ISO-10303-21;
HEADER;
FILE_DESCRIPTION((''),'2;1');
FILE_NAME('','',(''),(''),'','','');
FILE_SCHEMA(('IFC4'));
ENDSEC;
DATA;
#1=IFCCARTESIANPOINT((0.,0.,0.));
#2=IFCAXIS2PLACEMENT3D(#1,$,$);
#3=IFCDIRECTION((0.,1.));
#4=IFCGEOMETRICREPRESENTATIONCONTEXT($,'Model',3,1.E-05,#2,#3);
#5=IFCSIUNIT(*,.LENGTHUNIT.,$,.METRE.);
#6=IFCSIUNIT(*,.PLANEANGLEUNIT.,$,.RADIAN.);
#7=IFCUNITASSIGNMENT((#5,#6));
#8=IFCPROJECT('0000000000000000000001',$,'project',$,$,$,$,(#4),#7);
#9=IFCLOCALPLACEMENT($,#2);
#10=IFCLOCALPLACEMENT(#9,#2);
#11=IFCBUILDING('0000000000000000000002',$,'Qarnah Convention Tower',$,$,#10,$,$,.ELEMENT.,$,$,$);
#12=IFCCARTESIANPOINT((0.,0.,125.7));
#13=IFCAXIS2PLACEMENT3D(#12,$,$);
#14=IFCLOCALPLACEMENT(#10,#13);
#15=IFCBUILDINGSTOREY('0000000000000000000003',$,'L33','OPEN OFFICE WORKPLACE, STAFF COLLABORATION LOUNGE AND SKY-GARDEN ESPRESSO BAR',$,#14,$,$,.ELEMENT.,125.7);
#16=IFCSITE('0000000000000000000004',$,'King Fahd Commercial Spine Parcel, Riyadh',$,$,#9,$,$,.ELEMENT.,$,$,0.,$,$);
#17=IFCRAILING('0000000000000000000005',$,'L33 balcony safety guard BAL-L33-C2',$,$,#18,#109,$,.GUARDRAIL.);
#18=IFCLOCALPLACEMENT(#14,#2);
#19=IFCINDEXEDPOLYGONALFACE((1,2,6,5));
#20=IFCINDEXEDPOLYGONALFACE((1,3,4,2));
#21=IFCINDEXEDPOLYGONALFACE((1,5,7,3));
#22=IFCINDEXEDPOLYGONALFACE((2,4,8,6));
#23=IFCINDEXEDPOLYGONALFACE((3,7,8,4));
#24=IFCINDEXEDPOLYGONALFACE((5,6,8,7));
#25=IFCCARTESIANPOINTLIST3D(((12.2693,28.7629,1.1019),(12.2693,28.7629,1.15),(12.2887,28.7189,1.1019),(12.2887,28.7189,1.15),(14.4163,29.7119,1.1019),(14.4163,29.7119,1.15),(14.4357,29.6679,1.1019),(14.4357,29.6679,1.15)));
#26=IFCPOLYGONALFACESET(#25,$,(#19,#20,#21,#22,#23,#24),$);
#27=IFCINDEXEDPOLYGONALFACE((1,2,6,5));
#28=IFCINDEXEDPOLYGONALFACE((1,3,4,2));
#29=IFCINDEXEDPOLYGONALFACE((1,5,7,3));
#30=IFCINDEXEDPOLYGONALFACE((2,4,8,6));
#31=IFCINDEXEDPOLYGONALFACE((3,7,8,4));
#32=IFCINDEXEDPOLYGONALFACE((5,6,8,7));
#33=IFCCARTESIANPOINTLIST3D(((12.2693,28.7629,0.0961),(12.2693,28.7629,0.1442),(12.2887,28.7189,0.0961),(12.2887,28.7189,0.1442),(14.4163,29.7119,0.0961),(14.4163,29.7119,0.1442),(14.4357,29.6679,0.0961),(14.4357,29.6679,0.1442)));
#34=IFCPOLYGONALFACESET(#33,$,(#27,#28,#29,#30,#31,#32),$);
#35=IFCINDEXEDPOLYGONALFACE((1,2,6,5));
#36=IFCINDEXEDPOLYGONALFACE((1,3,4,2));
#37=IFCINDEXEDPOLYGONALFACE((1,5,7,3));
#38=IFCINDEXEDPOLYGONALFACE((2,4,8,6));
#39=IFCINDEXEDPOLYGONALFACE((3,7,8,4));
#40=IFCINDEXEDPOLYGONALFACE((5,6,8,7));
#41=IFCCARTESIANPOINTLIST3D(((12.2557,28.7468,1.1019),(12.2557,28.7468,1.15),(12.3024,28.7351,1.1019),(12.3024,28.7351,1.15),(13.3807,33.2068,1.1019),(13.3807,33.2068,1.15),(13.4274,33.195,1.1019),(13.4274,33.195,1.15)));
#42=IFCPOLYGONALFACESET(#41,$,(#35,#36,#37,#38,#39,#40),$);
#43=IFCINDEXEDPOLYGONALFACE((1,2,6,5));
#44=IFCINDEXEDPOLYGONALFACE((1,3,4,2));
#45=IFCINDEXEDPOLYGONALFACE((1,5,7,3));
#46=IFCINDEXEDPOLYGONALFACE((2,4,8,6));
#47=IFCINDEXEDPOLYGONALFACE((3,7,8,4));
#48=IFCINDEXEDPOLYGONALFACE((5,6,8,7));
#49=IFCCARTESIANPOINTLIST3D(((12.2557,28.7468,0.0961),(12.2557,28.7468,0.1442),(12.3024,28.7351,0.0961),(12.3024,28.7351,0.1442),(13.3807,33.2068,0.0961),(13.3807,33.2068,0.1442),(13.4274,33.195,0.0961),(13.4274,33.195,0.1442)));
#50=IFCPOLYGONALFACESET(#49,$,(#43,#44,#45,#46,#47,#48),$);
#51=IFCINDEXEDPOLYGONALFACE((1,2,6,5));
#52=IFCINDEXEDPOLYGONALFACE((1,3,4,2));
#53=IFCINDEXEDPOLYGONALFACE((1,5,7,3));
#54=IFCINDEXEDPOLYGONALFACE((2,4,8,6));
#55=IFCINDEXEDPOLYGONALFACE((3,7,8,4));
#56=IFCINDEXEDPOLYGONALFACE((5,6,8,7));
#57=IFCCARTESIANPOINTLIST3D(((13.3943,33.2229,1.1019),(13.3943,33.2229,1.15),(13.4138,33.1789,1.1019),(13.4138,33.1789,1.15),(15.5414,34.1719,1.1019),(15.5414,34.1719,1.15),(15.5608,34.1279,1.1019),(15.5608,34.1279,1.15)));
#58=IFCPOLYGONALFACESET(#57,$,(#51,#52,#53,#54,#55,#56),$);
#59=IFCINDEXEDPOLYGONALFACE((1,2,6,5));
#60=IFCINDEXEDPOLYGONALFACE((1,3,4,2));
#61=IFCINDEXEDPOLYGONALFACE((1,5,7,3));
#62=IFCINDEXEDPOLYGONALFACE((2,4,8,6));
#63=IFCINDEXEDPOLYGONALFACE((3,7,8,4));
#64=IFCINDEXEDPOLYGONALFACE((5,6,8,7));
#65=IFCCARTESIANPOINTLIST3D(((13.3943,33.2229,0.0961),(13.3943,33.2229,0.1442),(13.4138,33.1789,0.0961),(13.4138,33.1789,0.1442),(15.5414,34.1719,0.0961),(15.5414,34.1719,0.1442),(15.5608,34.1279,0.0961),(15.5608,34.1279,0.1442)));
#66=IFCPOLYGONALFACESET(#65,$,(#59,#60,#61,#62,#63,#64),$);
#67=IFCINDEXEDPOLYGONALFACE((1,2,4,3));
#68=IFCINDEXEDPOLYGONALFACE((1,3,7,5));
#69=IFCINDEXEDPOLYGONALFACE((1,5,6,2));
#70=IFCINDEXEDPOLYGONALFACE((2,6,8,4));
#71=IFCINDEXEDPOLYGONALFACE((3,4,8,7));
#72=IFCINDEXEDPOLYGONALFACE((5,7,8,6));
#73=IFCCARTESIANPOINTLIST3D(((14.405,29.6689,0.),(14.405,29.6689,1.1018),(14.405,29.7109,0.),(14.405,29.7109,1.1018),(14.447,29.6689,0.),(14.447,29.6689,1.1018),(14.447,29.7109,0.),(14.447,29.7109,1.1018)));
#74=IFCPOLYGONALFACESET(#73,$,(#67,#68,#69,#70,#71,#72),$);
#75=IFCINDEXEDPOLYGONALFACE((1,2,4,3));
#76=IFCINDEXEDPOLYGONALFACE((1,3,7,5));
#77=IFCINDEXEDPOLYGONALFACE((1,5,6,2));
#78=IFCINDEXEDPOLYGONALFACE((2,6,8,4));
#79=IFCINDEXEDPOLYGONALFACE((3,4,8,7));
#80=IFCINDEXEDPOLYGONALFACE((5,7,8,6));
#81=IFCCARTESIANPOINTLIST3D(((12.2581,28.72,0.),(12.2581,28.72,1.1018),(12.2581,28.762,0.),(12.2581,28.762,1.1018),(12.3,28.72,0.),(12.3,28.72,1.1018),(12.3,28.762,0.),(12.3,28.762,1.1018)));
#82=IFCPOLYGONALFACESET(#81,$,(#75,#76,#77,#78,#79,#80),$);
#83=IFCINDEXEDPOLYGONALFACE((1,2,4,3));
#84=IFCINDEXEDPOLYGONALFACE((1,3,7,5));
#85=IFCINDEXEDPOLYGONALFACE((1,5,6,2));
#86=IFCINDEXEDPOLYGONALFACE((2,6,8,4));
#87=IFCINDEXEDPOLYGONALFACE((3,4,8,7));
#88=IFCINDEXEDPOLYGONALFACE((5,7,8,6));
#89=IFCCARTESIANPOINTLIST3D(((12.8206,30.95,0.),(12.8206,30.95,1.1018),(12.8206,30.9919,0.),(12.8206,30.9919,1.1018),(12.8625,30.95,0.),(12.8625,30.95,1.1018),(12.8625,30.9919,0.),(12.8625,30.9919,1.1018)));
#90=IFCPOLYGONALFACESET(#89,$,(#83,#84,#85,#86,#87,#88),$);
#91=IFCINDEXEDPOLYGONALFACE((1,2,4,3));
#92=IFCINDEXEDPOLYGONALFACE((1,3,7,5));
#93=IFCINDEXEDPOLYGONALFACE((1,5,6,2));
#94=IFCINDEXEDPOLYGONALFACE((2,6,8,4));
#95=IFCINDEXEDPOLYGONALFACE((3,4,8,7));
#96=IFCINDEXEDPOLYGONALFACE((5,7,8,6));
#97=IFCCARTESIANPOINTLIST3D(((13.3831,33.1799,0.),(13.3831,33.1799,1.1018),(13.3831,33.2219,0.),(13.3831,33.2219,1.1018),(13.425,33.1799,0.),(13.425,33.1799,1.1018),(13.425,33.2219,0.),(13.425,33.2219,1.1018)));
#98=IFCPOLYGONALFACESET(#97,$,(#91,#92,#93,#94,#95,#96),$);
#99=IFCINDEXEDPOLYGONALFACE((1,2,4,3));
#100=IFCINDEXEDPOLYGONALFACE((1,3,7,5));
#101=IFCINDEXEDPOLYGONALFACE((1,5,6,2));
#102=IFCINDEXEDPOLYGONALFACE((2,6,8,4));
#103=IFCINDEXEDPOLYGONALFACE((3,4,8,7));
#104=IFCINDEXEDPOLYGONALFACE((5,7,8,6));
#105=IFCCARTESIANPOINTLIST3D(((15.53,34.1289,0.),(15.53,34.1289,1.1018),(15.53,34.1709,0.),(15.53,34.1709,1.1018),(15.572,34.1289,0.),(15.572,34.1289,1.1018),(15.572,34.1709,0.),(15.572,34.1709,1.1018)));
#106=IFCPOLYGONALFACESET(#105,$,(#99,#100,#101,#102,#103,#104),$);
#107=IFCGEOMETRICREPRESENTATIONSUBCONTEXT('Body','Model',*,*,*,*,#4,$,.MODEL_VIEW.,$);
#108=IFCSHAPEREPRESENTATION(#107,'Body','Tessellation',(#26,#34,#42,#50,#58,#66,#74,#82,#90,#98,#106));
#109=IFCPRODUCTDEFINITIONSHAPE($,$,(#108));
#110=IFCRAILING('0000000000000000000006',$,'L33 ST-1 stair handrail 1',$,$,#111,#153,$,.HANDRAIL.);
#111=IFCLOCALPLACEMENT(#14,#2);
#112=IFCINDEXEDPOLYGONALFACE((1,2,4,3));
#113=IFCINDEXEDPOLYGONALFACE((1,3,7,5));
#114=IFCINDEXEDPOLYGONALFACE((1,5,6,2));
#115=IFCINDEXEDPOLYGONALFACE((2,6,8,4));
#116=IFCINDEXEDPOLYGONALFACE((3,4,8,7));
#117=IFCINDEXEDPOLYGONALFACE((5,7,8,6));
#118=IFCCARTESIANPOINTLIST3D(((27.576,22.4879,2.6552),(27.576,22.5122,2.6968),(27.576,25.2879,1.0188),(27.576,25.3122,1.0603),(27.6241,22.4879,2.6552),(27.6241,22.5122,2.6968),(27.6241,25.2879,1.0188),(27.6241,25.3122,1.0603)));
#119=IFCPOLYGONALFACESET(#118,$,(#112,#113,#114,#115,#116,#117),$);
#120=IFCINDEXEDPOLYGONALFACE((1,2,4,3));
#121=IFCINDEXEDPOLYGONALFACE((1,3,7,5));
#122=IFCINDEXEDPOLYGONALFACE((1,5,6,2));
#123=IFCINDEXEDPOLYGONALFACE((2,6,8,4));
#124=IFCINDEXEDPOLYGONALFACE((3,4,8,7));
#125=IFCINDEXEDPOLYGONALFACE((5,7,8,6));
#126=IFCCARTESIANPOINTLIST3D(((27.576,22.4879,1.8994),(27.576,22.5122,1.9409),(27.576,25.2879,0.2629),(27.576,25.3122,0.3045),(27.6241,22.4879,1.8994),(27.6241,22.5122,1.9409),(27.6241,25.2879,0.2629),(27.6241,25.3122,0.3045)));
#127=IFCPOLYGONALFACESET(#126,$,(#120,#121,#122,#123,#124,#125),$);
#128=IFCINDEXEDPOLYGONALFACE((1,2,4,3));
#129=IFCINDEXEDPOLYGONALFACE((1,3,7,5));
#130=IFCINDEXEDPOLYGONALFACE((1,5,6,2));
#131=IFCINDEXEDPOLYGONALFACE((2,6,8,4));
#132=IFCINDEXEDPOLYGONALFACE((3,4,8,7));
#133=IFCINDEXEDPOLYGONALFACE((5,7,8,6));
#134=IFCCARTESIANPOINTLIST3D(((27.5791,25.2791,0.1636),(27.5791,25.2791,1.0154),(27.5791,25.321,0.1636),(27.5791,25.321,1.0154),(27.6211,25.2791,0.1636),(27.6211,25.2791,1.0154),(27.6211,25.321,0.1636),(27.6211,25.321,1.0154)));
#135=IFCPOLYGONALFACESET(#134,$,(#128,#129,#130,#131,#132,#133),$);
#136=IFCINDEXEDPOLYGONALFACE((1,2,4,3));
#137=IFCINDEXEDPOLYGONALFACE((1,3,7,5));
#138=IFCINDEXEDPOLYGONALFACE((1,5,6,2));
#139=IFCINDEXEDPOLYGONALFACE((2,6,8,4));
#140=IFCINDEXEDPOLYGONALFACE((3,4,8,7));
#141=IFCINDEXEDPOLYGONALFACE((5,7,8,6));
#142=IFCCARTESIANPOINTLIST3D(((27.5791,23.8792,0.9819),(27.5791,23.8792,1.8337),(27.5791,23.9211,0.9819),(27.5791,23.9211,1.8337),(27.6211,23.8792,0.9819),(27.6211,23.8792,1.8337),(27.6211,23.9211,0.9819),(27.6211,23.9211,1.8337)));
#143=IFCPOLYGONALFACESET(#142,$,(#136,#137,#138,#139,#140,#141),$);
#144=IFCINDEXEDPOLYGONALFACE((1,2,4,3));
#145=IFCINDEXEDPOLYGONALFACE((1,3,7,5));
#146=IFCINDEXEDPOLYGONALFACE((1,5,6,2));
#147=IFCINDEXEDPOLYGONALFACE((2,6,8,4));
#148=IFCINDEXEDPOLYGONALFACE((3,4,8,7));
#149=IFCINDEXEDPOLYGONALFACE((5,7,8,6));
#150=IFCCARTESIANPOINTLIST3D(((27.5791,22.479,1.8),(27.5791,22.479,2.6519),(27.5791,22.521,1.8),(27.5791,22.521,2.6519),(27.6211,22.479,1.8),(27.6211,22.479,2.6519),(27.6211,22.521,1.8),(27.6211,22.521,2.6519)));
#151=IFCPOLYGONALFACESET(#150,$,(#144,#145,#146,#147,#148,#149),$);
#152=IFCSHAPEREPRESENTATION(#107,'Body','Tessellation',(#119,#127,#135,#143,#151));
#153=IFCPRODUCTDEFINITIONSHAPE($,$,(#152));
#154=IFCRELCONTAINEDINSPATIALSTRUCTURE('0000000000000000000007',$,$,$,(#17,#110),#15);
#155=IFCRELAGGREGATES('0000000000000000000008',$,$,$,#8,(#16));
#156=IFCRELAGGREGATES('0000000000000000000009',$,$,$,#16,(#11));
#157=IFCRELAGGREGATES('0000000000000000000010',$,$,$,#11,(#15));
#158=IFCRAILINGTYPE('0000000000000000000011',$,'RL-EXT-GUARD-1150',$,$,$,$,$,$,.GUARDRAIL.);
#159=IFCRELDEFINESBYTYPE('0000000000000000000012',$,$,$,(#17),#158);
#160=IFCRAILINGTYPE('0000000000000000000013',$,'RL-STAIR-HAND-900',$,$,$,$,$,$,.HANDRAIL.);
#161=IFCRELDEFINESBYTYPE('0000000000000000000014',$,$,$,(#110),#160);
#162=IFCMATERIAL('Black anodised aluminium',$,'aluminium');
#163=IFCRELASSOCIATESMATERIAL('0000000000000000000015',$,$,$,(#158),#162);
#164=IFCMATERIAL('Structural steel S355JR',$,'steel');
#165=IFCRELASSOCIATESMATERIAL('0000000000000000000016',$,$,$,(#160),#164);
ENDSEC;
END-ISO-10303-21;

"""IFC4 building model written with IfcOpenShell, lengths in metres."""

from ifc_helpers import new_model, si_unit, direction, frame, origin, origin_2d, place, context, subcontext, project, spatial, rectangle, extrude, material, type_object, element, save


model = new_model("IFC4")

# Units and contexts
model_context = context("Model", 3, precision=1e-05, world=origin(), true_north=direction((0.0, 1.0)))
body_context = subcontext(model_context, "Body", "Model", "MODEL_VIEW")
ifc_project = project(units=[si_unit("LENGTHUNIT", "METRE"), si_unit("PLANEANGLEUNIT", "RADIAN")], contexts=[model_context])

# Site, building, storey
site_placement = place(None, origin())
site = spatial("IfcSite", under=ifc_project, at=site_placement, Name="King Fahd Commercial Spine Parcel, Riyadh", CompositionType="ELEMENT", RefElevation=0.0)
building_placement = place(site_placement, origin())
building = spatial("IfcBuilding", under=site, at=building_placement, Name="Qarnah Convention Tower", CompositionType="ELEMENT")
storey_placement = place(building_placement, frame((0.0, 0.0, 125.7)))
storey = spatial("IfcBuildingStorey", under=building, at=storey_placement, Name="L33", Description="OPEN OFFICE WORKPLACE, STAFF COLLABORATION LOUNGE AND SKY-GARDEN ESPRESSO BAR", CompositionType="ELEMENT", Elevation=125.7)

# Shared definitions
ifc_material_1 = material(Name="Structural steel S355JR", Category="steel")

# Shared definitions
ifc_material_2 = material(Name="Black anodised aluminium", Category="aluminium")

# Railings
railing_type_1 = type_object("IfcRailingType", Name="RL-EXT-GUARD-1150", PredefinedType="GUARDRAIL", material=ifc_material_2)
railing_1_placement = place(storey_placement, frame((14.426, 29.6899, 0.0)))
element("IfcRailing", 1, at=railing_1_placement, inside=storey, type_object=railing_type_1, Name="L33 balcony safety guard BAL-L33-C2", PredefinedType="GUARDRAIL", context=body_context, shape_type="SweptSolid", body=[
    extrude(rectangle(XDim=0.0481, YDim=0.0481, at=origin_2d()), frame((0.0, 0.0, 1.126), z_axis=(-0.914637, -0.404275, 0.0), x_axis=(0.404275, -0.914637, 0.0)), (0.0, 0.0, 1.0), 2.3474),
    extrude(rectangle(XDim=0.0481, YDim=0.0481, at=origin_2d()), frame((0.0, 0.0, 0.1201), z_axis=(-0.914637, -0.404275, 0.0), x_axis=(0.404275, -0.914637, 0.0)), (0.0, 0.0, 1.0), 2.3474),
    extrude(rectangle(XDim=0.0481, YDim=0.0481, at=origin_2d()), frame((-2.147, -0.949, 1.126), z_axis=(0.244583, 0.969628, 0.0), x_axis=(-0.969628, 0.244583, 0.0)), (0.0, 0.0, 1.0), 4.5996),
    extrude(rectangle(XDim=0.0481, YDim=0.0481, at=origin_2d()), frame((-2.147, -0.949, 0.1201), z_axis=(0.244583, 0.969628, 0.0), x_axis=(-0.969628, 0.244583, 0.0)), (0.0, 0.0, 1.0), 4.5996),
    extrude(rectangle(XDim=0.0481, YDim=0.0481, at=origin_2d()), frame((-1.022, 3.511, 1.126), z_axis=(0.914637, 0.404275, 0.0), x_axis=(-0.404275, 0.914637, 0.0)), (0.0, 0.0, 1.0), 2.3474),
    extrude(rectangle(XDim=0.0481, YDim=0.0481, at=origin_2d()), frame((-1.022, 3.511, 0.1201), z_axis=(0.914637, 0.404275, 0.0), x_axis=(-0.404275, 0.914637, 0.0)), (0.0, 0.0, 1.0), 2.3474),
    extrude(rectangle(XDim=0.042, YDim=0.042, at=origin_2d()), origin(), (0.0, 0.0, 1.0), 1.1018),
    extrude(rectangle(XDim=0.042, YDim=0.042, at=origin_2d()), frame((-2.147, -0.949, 0.0)), (0.0, 0.0, 1.0), 1.1018),
    extrude(rectangle(XDim=0.042, YDim=0.042, at=origin_2d()), frame((-1.5845, 1.281, 0.0)), (0.0, 0.0, 1.0), 1.1018),
    extrude(rectangle(XDim=0.042, YDim=0.042, at=origin_2d()), frame((-1.022, 3.511, 0.0)), (0.0, 0.0, 1.0), 1.1018),
    extrude(rectangle(XDim=0.042, YDim=0.042, at=origin_2d()), frame((1.125, 4.46, 0.0)), (0.0, 0.0, 1.0), 1.1018),
])
railing_type_2 = type_object("IfcRailingType", Name="RL-STAIR-HAND-900", PredefinedType="HANDRAIL", material=ifc_material_1)
railing_2_placement = place(storey_placement, frame((27.6001, 25.3, 0.1636)))
element("IfcRailing", 2, at=railing_2_placement, inside=storey, type_object=railing_type_2, Name="L33 ST-1 stair handrail 1", PredefinedType="HANDRAIL", context=body_context, shape_type="SweptSolid", body=[
    extrude(rectangle(XDim=0.0481, YDim=0.0481, at=origin_2d()), frame((0.0, 0.0, 0.876), z_axis=(0.0, -0.863361, 0.504587), x_axis=(1.0, 0.0, 0.0)), (0.0, 0.0, 1.0), 3.2432),
    extrude(rectangle(XDim=0.0481, YDim=0.0481, at=origin_2d()), frame((0.0, 0.0, 0.1201), z_axis=(0.0, -0.863361, 0.504587), x_axis=(1.0, 0.0, 0.0)), (0.0, 0.0, 1.0), 3.2432),
    extrude(rectangle(XDim=0.042, YDim=0.042, at=origin_2d()), origin(), (0.0, 0.0, 1.0), 0.8518),
    extrude(rectangle(XDim=0.042, YDim=0.042, at=origin_2d()), frame((0.0, -1.3999, 0.8184)), (0.0, 0.0, 1.0), 0.8518),
    extrude(rectangle(XDim=0.042, YDim=0.042, at=origin_2d()), frame((0.0, -2.8, 1.6365)), (0.0, 0.0, 1.0), 0.8518),
])

save(model, "model.ifc")
